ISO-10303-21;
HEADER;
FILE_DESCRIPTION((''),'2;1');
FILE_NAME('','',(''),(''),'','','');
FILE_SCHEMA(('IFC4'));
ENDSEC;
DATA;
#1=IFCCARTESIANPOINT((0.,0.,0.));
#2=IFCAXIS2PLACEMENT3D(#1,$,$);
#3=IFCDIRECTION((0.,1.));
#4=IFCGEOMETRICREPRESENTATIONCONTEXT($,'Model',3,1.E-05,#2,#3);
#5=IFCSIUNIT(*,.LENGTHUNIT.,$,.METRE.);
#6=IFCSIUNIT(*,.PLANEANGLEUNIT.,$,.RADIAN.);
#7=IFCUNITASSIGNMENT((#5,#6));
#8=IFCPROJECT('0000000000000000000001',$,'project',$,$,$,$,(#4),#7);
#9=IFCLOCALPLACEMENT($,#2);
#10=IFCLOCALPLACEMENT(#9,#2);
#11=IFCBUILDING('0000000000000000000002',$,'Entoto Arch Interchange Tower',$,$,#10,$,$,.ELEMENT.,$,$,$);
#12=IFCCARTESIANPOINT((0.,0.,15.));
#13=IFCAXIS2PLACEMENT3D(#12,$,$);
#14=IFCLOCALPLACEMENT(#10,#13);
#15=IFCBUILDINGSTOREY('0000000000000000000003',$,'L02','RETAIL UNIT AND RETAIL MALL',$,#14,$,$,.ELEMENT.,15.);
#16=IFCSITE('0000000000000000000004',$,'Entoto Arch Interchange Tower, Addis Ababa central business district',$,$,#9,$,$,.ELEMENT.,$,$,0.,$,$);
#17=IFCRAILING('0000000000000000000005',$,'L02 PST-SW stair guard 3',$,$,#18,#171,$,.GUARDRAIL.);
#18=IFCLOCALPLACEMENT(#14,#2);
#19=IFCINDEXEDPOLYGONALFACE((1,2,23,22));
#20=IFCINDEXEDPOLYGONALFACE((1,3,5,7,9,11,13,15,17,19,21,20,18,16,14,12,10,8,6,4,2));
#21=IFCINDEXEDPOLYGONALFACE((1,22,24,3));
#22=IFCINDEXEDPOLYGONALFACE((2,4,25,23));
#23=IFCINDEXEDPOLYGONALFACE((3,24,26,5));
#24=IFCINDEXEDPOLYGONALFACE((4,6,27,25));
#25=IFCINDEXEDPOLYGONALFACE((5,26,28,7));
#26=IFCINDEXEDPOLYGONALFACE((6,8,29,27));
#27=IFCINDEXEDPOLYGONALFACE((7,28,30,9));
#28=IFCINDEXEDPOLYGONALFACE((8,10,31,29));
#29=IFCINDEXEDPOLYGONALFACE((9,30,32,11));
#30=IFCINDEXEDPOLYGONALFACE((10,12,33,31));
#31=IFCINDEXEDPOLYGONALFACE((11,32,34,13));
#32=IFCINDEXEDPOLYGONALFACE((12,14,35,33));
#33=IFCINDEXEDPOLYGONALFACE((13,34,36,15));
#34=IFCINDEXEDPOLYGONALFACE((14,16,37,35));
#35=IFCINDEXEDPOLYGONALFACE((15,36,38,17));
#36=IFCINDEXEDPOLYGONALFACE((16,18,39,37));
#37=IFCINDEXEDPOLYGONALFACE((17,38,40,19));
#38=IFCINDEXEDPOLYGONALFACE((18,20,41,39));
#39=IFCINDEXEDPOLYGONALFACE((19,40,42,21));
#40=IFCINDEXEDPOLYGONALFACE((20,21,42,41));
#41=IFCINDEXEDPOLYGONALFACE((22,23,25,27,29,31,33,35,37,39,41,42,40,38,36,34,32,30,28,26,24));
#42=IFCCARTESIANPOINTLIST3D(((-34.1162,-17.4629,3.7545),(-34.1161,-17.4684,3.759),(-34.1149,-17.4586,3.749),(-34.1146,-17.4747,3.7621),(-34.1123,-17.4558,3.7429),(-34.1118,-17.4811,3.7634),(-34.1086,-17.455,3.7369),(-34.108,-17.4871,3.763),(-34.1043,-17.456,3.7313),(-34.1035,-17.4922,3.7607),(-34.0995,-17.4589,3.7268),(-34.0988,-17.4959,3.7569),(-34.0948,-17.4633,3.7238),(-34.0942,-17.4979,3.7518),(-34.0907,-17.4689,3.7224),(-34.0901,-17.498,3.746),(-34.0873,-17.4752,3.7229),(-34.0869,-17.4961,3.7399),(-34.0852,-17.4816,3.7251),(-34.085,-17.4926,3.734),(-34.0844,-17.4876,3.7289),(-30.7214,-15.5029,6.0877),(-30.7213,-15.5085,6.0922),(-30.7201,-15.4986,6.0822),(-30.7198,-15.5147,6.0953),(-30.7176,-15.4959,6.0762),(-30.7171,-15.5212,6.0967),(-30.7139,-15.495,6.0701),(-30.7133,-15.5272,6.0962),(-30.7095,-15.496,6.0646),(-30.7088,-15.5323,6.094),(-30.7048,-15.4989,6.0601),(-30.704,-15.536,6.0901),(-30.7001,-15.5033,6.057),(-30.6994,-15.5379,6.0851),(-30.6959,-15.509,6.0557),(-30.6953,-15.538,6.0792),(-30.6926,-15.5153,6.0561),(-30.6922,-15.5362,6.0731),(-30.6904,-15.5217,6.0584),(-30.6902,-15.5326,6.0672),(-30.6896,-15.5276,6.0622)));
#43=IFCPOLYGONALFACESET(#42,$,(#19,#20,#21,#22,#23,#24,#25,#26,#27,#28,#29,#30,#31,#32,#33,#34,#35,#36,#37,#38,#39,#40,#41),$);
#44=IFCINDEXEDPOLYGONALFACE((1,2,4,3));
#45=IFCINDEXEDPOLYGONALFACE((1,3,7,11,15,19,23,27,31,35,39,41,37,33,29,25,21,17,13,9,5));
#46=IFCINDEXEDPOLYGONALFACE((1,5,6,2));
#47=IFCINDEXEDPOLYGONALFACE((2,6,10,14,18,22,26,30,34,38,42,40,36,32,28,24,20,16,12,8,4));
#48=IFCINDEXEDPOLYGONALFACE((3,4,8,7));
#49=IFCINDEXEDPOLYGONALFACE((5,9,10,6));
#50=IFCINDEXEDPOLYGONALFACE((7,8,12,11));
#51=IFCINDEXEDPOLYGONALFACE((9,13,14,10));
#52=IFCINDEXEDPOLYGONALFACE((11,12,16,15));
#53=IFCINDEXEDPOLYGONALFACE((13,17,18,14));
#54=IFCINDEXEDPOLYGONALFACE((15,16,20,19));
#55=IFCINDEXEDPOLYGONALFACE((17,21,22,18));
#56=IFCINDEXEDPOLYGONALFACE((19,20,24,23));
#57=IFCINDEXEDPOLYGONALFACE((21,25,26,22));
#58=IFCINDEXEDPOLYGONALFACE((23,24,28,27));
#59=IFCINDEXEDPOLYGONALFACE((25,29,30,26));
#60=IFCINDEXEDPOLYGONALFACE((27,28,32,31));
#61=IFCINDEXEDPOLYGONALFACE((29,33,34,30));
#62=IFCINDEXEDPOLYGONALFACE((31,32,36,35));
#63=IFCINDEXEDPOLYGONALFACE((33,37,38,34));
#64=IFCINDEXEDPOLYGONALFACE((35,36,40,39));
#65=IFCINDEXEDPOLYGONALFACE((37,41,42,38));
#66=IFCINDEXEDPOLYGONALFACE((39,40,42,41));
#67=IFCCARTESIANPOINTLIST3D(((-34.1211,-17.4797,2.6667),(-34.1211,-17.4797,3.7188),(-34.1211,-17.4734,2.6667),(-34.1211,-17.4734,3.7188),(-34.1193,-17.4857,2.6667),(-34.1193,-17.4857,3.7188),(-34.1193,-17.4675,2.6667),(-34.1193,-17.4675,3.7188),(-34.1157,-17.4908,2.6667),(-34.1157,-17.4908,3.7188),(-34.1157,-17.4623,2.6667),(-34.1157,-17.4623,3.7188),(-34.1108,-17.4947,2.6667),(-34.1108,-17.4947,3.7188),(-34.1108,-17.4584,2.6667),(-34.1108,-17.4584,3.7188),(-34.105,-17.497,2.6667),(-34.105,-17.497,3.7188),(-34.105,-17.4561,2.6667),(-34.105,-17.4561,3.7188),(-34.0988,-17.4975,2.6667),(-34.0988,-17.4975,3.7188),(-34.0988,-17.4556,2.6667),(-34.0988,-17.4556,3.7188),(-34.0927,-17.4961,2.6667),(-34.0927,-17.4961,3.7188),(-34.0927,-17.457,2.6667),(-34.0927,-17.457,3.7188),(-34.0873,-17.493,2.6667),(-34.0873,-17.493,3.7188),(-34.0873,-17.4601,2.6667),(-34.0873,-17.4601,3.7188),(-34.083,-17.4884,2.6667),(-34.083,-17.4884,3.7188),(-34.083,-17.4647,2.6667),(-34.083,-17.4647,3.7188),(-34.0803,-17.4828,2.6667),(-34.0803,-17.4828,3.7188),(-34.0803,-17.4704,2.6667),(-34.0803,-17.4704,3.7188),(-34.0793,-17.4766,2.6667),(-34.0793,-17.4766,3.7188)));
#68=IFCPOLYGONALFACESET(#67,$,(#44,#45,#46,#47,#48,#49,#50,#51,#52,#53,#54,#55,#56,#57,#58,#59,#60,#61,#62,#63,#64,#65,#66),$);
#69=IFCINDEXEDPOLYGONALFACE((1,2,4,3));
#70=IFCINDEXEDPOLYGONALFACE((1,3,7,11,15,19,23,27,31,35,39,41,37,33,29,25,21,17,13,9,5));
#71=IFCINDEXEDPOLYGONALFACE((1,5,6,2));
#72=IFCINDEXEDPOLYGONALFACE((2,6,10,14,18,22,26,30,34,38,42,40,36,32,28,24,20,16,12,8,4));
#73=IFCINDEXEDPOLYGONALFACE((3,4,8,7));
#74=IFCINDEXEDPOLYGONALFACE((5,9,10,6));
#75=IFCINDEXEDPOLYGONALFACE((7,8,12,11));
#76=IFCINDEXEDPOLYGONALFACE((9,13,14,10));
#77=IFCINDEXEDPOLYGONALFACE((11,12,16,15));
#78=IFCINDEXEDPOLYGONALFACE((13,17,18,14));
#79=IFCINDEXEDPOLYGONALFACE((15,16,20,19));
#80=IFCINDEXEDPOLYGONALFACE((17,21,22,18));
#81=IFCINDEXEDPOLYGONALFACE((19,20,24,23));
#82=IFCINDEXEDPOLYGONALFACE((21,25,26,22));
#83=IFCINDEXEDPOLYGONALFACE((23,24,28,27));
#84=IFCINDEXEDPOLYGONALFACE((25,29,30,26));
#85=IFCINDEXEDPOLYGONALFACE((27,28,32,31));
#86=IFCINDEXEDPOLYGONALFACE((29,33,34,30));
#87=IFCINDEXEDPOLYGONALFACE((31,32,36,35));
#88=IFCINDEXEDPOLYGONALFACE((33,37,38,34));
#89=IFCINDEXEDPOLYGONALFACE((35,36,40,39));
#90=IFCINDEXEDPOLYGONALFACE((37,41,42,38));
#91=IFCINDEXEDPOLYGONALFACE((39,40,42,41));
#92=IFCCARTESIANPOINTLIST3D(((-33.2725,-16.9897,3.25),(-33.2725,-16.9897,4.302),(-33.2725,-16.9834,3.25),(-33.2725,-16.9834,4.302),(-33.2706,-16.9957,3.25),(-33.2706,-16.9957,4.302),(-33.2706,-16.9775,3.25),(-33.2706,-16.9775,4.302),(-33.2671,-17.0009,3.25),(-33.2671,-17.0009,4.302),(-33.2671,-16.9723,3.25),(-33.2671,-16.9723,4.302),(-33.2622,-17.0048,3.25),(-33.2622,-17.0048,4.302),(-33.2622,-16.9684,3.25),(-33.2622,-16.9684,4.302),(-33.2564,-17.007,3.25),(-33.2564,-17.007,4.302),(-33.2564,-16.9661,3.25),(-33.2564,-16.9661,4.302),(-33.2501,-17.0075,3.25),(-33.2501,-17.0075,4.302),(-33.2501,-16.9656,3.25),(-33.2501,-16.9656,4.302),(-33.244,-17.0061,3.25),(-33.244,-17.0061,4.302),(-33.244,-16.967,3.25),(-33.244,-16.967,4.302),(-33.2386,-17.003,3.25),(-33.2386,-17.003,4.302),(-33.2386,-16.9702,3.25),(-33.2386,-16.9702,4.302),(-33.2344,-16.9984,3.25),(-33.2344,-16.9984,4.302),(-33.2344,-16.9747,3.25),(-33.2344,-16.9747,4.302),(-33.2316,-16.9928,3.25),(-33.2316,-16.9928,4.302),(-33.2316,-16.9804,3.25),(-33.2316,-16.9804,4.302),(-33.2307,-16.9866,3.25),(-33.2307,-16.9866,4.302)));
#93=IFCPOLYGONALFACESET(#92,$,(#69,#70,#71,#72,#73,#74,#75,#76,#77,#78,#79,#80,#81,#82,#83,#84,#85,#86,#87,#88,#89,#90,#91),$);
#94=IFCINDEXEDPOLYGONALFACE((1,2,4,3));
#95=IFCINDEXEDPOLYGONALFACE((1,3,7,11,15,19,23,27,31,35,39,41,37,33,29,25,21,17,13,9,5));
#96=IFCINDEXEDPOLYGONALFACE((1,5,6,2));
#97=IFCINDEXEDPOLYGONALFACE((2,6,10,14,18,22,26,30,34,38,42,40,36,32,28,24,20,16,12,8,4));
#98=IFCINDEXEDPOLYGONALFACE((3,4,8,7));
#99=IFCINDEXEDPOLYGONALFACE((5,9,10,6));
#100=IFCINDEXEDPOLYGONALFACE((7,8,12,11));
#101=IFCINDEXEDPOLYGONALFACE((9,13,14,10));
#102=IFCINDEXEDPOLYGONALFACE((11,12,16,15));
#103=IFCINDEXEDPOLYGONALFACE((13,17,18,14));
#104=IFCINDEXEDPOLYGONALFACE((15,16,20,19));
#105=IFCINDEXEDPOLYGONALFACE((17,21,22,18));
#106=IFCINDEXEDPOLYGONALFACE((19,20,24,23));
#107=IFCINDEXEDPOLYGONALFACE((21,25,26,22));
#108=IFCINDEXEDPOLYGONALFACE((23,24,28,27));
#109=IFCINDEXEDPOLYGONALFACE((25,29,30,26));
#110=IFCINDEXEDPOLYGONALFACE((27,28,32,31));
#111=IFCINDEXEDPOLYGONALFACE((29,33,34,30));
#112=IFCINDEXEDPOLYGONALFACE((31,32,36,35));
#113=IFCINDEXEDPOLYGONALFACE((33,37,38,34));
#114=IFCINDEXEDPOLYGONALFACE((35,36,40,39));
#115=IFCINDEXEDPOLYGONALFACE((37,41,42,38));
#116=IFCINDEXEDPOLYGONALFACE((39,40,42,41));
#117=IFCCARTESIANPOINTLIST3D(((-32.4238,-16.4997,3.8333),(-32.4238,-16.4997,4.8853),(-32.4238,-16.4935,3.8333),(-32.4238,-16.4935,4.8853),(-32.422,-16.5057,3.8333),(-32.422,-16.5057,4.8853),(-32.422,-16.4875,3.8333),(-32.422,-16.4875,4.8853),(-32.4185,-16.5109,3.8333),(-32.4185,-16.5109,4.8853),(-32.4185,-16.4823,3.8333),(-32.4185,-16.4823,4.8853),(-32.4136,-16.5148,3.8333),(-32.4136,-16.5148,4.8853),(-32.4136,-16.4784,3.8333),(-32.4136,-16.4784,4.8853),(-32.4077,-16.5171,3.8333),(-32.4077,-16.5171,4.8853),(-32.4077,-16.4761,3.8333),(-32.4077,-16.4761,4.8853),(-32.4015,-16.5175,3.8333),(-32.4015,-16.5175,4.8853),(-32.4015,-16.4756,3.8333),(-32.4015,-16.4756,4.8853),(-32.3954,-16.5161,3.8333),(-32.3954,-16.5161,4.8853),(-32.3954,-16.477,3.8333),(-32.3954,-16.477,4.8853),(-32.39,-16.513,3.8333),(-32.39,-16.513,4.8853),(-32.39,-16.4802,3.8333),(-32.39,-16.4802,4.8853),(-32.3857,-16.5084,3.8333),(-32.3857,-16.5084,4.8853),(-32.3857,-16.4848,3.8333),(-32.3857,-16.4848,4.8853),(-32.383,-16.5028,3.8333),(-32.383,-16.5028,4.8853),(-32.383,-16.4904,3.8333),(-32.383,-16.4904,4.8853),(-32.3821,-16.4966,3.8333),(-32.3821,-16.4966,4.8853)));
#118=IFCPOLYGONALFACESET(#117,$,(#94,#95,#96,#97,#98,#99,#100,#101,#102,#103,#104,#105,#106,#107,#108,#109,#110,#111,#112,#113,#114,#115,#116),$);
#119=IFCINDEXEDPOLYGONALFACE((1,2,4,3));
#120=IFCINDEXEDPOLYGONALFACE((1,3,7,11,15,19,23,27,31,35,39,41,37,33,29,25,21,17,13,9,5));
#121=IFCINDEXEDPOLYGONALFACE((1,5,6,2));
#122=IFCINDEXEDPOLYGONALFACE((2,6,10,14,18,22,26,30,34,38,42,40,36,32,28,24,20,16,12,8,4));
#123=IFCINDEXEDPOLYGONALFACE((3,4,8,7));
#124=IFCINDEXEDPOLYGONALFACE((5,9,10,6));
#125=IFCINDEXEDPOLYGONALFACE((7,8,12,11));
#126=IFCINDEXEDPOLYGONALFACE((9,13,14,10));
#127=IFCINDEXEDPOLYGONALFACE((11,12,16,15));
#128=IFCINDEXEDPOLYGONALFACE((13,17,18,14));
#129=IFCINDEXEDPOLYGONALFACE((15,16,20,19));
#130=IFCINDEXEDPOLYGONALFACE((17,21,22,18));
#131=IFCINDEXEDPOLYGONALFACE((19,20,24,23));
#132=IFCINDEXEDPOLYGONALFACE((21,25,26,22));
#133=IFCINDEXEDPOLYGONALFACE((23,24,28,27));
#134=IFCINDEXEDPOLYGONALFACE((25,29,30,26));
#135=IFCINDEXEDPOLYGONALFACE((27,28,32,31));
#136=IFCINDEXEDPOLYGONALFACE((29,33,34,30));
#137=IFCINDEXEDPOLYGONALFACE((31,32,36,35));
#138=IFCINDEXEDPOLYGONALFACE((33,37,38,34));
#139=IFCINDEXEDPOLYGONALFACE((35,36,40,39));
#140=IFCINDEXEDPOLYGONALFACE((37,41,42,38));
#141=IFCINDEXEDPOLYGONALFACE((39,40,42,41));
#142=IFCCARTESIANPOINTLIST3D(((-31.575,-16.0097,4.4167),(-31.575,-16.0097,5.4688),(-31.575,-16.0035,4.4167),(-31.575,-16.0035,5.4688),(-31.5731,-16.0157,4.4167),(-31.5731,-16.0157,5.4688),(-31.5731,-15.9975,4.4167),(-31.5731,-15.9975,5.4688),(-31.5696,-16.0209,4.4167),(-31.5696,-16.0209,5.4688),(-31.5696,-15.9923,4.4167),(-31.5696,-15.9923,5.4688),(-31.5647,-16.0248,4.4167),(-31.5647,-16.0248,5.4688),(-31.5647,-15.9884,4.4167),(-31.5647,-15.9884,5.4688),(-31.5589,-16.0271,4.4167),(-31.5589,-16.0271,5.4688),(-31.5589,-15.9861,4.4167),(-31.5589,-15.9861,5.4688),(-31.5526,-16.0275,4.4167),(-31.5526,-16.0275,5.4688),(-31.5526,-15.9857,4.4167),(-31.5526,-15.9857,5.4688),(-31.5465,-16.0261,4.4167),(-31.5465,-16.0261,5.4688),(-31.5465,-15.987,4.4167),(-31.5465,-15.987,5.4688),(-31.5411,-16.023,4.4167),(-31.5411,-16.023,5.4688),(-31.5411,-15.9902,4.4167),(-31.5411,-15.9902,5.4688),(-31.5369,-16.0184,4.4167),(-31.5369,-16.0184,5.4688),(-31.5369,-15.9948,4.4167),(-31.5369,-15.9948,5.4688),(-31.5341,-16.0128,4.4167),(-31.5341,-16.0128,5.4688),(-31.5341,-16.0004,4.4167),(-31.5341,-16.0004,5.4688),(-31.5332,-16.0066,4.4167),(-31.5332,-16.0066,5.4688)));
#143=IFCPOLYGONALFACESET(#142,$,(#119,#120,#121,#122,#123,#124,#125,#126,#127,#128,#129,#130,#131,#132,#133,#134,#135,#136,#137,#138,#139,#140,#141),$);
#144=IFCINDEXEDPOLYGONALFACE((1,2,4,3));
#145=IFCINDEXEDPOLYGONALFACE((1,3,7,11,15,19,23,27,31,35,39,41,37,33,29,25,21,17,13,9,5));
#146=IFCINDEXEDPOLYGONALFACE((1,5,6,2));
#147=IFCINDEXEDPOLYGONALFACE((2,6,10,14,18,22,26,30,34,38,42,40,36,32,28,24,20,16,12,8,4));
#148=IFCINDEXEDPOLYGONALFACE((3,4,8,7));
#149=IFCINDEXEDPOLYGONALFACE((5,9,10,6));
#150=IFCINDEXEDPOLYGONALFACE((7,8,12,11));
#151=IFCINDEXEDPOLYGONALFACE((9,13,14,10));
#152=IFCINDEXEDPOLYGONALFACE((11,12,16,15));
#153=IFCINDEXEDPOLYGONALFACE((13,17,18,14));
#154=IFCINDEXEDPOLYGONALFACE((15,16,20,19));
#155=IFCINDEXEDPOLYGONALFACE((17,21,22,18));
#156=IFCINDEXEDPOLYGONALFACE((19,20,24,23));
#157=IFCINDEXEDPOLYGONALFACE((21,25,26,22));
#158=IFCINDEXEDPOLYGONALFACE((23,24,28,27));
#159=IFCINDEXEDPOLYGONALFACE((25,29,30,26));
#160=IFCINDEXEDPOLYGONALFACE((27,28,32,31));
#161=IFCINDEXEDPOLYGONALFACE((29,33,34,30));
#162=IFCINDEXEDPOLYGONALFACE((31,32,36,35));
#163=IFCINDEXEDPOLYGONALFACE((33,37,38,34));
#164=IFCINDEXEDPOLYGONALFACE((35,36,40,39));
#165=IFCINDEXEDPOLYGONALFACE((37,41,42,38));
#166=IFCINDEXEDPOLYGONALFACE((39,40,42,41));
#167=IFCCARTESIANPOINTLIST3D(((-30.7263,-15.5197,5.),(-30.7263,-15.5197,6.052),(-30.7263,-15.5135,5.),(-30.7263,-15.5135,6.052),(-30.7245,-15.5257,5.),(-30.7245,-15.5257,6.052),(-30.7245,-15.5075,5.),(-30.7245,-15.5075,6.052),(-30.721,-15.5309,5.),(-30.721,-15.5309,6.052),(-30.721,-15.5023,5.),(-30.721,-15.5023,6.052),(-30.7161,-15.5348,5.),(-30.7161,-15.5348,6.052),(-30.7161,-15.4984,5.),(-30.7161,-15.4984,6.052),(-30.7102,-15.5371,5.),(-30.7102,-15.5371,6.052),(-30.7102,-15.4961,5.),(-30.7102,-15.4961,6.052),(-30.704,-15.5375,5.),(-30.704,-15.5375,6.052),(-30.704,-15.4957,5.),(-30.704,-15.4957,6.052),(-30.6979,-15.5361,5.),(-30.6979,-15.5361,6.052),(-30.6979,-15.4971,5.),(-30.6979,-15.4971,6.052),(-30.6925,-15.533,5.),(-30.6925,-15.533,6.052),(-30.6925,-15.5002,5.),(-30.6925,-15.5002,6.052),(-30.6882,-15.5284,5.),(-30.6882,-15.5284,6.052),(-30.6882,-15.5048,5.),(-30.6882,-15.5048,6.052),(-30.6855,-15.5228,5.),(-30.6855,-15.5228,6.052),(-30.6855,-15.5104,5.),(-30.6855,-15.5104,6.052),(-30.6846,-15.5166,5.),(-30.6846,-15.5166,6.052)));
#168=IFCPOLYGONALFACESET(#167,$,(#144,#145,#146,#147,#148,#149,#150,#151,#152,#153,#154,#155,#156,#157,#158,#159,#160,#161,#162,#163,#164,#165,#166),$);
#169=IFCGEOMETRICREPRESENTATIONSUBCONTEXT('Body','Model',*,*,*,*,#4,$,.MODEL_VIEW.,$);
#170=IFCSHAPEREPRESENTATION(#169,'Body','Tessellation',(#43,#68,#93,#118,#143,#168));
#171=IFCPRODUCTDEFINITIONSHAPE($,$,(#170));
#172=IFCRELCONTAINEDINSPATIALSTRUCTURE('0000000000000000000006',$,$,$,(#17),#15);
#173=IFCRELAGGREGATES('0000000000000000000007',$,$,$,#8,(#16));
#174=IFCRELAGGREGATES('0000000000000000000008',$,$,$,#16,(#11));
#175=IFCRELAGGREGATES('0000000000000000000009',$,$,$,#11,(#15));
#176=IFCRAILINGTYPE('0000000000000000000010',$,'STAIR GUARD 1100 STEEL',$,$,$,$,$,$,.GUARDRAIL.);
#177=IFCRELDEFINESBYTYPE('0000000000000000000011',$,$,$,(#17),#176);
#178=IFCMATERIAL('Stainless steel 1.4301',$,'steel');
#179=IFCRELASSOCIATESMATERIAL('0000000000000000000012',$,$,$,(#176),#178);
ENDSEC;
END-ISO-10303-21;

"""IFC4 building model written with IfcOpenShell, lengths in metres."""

from ifc_helpers import new_model, si_unit, direction, frame, origin, origin_2d, place, context, subcontext, project, spatial, circle, extrude, material, type_object, element, save


model = new_model("IFC4")

# Units and contexts
model_context = context("Model", 3, precision=1e-05, world=origin(), true_north=direction((0.0, 1.0)))
body_context = subcontext(model_context, "Body", "Model", "MODEL_VIEW")
ifc_project = project(units=[si_unit("LENGTHUNIT", "METRE"), si_unit("PLANEANGLEUNIT", "RADIAN")], contexts=[model_context])

# Site, building, storey
site_placement = place(None, origin())
site = spatial("IfcSite", under=ifc_project, at=site_placement, Name="Entoto Arch Interchange Tower, Addis Ababa central business district", CompositionType="ELEMENT", RefElevation=0.0)
building_placement = place(site_placement, origin())
building = spatial("IfcBuilding", under=site, at=building_placement, Name="Entoto Arch Interchange Tower", CompositionType="ELEMENT")
storey_placement = place(building_placement, frame((0.0, 0.0, 15.0)))
storey = spatial("IfcBuildingStorey", under=building, at=storey_placement, Name="L02", Description="RETAIL UNIT AND RETAIL MALL", CompositionType="ELEMENT", Elevation=15.0)

# Railing
ifc_material_1 = material(Name="Stainless steel 1.4301", Category="steel")
railing_type_1 = type_object("IfcRailingType", Name="STAIR GUARD 1100 STEEL", PredefinedType="GUARDRAIL", material=ifc_material_1)
railing_1_placement = place(storey_placement, frame((-34.1003, -17.4766, 2.6667)))
element("IfcRailing", 1, at=railing_1_placement, inside=storey, type_object=railing_type_1, Name="L02 PST-SW stair guard 3", PredefinedType="GUARDRAIL", context=body_context, shape_type="SweptSolid", body=[
    extrude(circle(Radius=0.0239, at=origin_2d()), frame((0.0, 0.0, 1.0762), z_axis=(0.744175, 0.429646, 0.511476), x_axis=(-0.499997, 0.866027, 0.0)), (0.0, 0.0, 1.0), 4.5618),
    extrude(circle(Radius=0.021, at=origin_2d()), origin(), (0.0, 0.0, 1.0), 1.052),
    extrude(circle(Radius=0.021, at=origin_2d()), frame((0.8486, 0.49, 0.5833)), (0.0, 0.0, 1.0), 1.052),
    extrude(circle(Radius=0.021, at=origin_2d()), frame((1.6973, 0.98, 1.1665)), (0.0, 0.0, 1.0), 1.052),
    extrude(circle(Radius=0.021, at=origin_2d()), frame((2.5461, 1.47, 1.75)), (0.0, 0.0, 1.0), 1.052),
    extrude(circle(Radius=0.021, at=origin_2d()), frame((3.3948, 1.96, 2.3333)), (0.0, 0.0, 1.0), 1.052),
])

save(model, "model.ifc")
